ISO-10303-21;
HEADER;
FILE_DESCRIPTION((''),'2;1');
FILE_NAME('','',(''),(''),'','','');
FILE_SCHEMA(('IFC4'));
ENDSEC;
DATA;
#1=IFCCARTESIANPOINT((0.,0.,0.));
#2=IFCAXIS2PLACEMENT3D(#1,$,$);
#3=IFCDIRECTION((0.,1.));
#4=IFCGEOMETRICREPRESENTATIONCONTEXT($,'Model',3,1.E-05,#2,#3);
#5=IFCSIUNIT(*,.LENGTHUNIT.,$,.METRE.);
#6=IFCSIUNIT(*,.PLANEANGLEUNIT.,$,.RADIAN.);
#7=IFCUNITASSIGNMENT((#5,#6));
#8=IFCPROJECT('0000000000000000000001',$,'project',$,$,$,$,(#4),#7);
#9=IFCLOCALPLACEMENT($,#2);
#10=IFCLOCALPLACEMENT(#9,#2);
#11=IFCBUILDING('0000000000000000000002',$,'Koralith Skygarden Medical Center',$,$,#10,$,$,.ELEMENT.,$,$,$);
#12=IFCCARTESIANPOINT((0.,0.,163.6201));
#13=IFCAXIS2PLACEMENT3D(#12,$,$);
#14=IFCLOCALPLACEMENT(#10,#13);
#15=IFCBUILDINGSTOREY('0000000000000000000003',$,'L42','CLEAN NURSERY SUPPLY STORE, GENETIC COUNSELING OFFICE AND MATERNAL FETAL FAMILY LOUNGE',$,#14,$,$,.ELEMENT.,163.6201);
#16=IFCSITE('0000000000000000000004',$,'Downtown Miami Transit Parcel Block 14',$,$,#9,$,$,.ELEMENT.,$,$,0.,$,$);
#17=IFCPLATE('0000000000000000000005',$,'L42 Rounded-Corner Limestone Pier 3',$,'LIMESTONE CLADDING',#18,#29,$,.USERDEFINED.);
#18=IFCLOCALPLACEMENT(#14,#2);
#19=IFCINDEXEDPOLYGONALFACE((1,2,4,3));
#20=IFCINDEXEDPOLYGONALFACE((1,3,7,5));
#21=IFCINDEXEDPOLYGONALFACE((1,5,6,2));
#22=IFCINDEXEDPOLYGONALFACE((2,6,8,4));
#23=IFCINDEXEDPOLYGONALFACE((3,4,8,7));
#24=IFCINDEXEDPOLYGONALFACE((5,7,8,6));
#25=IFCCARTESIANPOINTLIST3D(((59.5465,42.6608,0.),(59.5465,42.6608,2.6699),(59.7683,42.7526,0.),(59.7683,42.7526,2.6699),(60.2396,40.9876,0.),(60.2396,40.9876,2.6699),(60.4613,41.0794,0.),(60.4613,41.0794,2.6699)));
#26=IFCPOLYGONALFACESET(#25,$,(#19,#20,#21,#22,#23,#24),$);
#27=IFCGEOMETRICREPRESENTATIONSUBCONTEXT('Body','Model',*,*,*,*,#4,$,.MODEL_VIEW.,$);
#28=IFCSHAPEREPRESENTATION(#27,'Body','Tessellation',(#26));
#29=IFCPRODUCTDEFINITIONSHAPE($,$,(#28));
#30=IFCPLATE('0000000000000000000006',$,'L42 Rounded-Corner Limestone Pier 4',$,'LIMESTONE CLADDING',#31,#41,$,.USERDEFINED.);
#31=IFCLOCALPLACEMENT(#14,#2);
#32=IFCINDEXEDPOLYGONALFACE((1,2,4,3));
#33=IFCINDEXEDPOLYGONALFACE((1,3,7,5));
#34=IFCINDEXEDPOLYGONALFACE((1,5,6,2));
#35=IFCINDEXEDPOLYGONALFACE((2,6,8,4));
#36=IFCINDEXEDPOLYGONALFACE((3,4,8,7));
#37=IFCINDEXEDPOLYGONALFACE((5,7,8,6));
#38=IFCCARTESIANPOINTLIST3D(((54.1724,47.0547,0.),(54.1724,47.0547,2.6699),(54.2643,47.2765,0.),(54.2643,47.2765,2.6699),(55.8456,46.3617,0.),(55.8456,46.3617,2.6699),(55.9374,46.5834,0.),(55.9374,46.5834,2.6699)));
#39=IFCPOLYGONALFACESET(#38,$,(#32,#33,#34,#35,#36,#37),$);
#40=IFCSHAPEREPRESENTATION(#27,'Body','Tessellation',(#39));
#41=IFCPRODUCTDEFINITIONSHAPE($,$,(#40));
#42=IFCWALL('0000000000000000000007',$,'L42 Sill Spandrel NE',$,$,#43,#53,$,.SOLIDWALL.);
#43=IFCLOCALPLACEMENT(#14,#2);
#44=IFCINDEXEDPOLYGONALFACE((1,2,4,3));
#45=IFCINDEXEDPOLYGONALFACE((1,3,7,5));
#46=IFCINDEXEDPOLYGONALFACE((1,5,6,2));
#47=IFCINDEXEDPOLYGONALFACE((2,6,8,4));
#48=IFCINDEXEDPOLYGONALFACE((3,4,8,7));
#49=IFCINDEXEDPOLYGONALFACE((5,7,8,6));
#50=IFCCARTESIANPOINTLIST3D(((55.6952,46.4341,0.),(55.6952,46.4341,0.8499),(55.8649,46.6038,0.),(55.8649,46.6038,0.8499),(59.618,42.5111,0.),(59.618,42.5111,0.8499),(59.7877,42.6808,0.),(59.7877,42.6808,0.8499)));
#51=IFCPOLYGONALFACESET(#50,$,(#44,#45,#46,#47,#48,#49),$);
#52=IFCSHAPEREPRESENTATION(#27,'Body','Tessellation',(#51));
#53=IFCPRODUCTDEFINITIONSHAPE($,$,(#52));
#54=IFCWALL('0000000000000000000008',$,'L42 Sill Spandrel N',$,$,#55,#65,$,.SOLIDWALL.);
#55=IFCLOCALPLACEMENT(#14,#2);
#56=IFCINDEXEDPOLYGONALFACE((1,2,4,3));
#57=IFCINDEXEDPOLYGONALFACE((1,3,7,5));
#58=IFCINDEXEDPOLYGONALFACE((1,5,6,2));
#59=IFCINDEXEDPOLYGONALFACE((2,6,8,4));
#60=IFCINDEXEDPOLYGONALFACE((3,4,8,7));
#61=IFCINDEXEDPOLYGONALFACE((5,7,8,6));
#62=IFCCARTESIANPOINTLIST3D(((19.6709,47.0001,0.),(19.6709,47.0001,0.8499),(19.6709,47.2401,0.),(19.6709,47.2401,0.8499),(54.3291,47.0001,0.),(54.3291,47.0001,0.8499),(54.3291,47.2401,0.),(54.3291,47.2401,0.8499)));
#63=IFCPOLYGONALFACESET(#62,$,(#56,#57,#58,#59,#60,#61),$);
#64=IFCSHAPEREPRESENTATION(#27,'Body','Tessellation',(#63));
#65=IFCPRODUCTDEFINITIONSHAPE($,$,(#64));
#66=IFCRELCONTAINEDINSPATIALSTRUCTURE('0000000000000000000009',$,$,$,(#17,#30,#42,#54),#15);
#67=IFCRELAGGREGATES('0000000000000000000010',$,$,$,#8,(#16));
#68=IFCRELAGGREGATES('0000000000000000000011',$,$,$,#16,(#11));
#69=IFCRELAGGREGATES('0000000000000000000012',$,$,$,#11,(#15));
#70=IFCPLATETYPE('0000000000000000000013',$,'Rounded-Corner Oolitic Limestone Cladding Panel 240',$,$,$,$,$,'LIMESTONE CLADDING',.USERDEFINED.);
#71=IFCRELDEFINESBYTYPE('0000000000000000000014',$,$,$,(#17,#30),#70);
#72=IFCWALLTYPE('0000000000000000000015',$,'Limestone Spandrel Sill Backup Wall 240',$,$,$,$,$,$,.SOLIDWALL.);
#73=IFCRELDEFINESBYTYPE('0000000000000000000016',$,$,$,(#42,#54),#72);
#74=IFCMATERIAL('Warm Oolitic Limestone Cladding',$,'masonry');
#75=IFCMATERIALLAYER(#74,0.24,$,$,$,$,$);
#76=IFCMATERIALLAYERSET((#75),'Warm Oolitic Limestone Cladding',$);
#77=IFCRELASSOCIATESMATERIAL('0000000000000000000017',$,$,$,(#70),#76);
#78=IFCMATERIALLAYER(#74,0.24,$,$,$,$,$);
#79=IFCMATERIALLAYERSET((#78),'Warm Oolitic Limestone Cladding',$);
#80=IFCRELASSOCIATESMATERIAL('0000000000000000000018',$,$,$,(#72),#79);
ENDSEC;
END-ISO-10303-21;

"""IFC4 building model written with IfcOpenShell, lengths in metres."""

from ifc_helpers import new_model, si_unit, direction, frame, frame_2d, origin, origin_2d, place, context, subcontext, project, spatial, rectangle, extrude, material, layer, layer_set, type_object, element, save


model = new_model("IFC4")

# Units and contexts
model_context = context("Model", 3, precision=1e-05, world=origin(), true_north=direction((0.0, 1.0)))
body_context = subcontext(model_context, "Body", "Model", "MODEL_VIEW")
ifc_project = project(units=[si_unit("LENGTHUNIT", "METRE"), si_unit("PLANEANGLEUNIT", "RADIAN")], contexts=[model_context])

# Site, building, storey
site_placement = place(None, origin())
site = spatial("IfcSite", under=ifc_project, at=site_placement, Name="Downtown Miami Transit Parcel Block 14", CompositionType="ELEMENT", RefElevation=0.0)
building_placement = place(site_placement, origin())
building = spatial("IfcBuilding", under=site, at=building_placement, Name="Koralith Skygarden Medical Center", CompositionType="ELEMENT")
storey_placement = place(building_placement, frame((0.0, 0.0, 163.6201)))
storey = spatial("IfcBuildingStorey", under=building, at=storey_placement, Name="L42", Description="CLEAN NURSERY SUPPLY STORE, GENETIC COUNSELING OFFICE AND MATERNAL FETAL FAMILY LOUNGE", CompositionType="ELEMENT", Elevation=163.6201)

# Plates
ifc_material_1 = material(Name="Warm Oolitic Limestone Cladding", Category="masonry")
ifc_layer_1 = layer(ifc_material_1, 0.24)
ifc_layer_set_1 = layer_set([ifc_layer_1], Name="Warm Oolitic Limestone Cladding")
plate_type_1 = type_object("IfcPlateType", Name="Rounded-Corner Oolitic Limestone Cladding Panel 240", ElementType="LIMESTONE CLADDING", PredefinedType="USERDEFINED", material=ifc_layer_set_1)
for number, where, z_axis, x_axis, name in (
    (1, (60.0039, 41.8701, 0.0), (0.0, 0.0, 1.0), (-0.382671, 0.923885, 0.0), "L42 Rounded-Corner Limestone Pier 3"),
    (2, (55.0549, 46.8191, 0.0), (0.0, 0.0, 1.0), (-0.923885, 0.382671, 0.0), "L42 Rounded-Corner Limestone Pier 4"),
):
    element("IfcPlate", number, at=place(storey_placement, frame(where, z_axis=z_axis, x_axis=x_axis)), inside=storey, type_object=plate_type_1, Name=name, ObjectType="LIMESTONE CLADDING", PredefinedType="USERDEFINED", context=body_context, shape_type="SweptSolid", body=[
        extrude(rectangle(XDim=1.811, YDim=0.24, at=origin_2d()), origin(), (0.0, 0.0, 1.0), 2.6699),
    ])

# Walls
ifc_layer_2 = layer(ifc_material_1, 0.24)
ifc_layer_set_2 = layer_set([ifc_layer_2], Name="Warm Oolitic Limestone Cladding")
wall_type = type_object("IfcWallType", Name="Limestone Spandrel Sill Backup Wall 240", PredefinedType="SOLIDWALL", material=ifc_layer_set_2)
wall_1_placement = place(storey_placement, frame((59.7029, 42.5959, 0.0), z_axis=(0.0, 0.0, 1.0), x_axis=(-0.707085, 0.707129, 0.0)))
element("IfcWall", 3, at=wall_1_placement, inside=storey, type_object=wall_type, Name="L42 Sill Spandrel NE", PredefinedType="SOLIDWALL", context=body_context, shape_type="SweptSolid", body=[
    extrude(rectangle(XDim=5.5479, YDim=0.24, at=frame_2d((2.7739, 0.0))), origin(), (0.0, 0.0, 1.0), 0.8499),
])
wall_2_placement = place(storey_placement, frame((54.3291, 47.1201, 0.0), z_axis=(0.0, 0.0, 1.0), x_axis=(-1.0, 0.0, 0.0)))
element("IfcWall", 4, at=wall_2_placement, inside=storey, type_object=wall_type, Name="L42 Sill Spandrel N", PredefinedType="SOLIDWALL", context=body_context, shape_type="SweptSolid", body=[
    extrude(rectangle(XDim=34.6582, YDim=0.24, at=frame_2d((17.3291, 0.0))), origin(), (0.0, 0.0, 1.0), 0.8499),
])

save(model, "model.ifc")
